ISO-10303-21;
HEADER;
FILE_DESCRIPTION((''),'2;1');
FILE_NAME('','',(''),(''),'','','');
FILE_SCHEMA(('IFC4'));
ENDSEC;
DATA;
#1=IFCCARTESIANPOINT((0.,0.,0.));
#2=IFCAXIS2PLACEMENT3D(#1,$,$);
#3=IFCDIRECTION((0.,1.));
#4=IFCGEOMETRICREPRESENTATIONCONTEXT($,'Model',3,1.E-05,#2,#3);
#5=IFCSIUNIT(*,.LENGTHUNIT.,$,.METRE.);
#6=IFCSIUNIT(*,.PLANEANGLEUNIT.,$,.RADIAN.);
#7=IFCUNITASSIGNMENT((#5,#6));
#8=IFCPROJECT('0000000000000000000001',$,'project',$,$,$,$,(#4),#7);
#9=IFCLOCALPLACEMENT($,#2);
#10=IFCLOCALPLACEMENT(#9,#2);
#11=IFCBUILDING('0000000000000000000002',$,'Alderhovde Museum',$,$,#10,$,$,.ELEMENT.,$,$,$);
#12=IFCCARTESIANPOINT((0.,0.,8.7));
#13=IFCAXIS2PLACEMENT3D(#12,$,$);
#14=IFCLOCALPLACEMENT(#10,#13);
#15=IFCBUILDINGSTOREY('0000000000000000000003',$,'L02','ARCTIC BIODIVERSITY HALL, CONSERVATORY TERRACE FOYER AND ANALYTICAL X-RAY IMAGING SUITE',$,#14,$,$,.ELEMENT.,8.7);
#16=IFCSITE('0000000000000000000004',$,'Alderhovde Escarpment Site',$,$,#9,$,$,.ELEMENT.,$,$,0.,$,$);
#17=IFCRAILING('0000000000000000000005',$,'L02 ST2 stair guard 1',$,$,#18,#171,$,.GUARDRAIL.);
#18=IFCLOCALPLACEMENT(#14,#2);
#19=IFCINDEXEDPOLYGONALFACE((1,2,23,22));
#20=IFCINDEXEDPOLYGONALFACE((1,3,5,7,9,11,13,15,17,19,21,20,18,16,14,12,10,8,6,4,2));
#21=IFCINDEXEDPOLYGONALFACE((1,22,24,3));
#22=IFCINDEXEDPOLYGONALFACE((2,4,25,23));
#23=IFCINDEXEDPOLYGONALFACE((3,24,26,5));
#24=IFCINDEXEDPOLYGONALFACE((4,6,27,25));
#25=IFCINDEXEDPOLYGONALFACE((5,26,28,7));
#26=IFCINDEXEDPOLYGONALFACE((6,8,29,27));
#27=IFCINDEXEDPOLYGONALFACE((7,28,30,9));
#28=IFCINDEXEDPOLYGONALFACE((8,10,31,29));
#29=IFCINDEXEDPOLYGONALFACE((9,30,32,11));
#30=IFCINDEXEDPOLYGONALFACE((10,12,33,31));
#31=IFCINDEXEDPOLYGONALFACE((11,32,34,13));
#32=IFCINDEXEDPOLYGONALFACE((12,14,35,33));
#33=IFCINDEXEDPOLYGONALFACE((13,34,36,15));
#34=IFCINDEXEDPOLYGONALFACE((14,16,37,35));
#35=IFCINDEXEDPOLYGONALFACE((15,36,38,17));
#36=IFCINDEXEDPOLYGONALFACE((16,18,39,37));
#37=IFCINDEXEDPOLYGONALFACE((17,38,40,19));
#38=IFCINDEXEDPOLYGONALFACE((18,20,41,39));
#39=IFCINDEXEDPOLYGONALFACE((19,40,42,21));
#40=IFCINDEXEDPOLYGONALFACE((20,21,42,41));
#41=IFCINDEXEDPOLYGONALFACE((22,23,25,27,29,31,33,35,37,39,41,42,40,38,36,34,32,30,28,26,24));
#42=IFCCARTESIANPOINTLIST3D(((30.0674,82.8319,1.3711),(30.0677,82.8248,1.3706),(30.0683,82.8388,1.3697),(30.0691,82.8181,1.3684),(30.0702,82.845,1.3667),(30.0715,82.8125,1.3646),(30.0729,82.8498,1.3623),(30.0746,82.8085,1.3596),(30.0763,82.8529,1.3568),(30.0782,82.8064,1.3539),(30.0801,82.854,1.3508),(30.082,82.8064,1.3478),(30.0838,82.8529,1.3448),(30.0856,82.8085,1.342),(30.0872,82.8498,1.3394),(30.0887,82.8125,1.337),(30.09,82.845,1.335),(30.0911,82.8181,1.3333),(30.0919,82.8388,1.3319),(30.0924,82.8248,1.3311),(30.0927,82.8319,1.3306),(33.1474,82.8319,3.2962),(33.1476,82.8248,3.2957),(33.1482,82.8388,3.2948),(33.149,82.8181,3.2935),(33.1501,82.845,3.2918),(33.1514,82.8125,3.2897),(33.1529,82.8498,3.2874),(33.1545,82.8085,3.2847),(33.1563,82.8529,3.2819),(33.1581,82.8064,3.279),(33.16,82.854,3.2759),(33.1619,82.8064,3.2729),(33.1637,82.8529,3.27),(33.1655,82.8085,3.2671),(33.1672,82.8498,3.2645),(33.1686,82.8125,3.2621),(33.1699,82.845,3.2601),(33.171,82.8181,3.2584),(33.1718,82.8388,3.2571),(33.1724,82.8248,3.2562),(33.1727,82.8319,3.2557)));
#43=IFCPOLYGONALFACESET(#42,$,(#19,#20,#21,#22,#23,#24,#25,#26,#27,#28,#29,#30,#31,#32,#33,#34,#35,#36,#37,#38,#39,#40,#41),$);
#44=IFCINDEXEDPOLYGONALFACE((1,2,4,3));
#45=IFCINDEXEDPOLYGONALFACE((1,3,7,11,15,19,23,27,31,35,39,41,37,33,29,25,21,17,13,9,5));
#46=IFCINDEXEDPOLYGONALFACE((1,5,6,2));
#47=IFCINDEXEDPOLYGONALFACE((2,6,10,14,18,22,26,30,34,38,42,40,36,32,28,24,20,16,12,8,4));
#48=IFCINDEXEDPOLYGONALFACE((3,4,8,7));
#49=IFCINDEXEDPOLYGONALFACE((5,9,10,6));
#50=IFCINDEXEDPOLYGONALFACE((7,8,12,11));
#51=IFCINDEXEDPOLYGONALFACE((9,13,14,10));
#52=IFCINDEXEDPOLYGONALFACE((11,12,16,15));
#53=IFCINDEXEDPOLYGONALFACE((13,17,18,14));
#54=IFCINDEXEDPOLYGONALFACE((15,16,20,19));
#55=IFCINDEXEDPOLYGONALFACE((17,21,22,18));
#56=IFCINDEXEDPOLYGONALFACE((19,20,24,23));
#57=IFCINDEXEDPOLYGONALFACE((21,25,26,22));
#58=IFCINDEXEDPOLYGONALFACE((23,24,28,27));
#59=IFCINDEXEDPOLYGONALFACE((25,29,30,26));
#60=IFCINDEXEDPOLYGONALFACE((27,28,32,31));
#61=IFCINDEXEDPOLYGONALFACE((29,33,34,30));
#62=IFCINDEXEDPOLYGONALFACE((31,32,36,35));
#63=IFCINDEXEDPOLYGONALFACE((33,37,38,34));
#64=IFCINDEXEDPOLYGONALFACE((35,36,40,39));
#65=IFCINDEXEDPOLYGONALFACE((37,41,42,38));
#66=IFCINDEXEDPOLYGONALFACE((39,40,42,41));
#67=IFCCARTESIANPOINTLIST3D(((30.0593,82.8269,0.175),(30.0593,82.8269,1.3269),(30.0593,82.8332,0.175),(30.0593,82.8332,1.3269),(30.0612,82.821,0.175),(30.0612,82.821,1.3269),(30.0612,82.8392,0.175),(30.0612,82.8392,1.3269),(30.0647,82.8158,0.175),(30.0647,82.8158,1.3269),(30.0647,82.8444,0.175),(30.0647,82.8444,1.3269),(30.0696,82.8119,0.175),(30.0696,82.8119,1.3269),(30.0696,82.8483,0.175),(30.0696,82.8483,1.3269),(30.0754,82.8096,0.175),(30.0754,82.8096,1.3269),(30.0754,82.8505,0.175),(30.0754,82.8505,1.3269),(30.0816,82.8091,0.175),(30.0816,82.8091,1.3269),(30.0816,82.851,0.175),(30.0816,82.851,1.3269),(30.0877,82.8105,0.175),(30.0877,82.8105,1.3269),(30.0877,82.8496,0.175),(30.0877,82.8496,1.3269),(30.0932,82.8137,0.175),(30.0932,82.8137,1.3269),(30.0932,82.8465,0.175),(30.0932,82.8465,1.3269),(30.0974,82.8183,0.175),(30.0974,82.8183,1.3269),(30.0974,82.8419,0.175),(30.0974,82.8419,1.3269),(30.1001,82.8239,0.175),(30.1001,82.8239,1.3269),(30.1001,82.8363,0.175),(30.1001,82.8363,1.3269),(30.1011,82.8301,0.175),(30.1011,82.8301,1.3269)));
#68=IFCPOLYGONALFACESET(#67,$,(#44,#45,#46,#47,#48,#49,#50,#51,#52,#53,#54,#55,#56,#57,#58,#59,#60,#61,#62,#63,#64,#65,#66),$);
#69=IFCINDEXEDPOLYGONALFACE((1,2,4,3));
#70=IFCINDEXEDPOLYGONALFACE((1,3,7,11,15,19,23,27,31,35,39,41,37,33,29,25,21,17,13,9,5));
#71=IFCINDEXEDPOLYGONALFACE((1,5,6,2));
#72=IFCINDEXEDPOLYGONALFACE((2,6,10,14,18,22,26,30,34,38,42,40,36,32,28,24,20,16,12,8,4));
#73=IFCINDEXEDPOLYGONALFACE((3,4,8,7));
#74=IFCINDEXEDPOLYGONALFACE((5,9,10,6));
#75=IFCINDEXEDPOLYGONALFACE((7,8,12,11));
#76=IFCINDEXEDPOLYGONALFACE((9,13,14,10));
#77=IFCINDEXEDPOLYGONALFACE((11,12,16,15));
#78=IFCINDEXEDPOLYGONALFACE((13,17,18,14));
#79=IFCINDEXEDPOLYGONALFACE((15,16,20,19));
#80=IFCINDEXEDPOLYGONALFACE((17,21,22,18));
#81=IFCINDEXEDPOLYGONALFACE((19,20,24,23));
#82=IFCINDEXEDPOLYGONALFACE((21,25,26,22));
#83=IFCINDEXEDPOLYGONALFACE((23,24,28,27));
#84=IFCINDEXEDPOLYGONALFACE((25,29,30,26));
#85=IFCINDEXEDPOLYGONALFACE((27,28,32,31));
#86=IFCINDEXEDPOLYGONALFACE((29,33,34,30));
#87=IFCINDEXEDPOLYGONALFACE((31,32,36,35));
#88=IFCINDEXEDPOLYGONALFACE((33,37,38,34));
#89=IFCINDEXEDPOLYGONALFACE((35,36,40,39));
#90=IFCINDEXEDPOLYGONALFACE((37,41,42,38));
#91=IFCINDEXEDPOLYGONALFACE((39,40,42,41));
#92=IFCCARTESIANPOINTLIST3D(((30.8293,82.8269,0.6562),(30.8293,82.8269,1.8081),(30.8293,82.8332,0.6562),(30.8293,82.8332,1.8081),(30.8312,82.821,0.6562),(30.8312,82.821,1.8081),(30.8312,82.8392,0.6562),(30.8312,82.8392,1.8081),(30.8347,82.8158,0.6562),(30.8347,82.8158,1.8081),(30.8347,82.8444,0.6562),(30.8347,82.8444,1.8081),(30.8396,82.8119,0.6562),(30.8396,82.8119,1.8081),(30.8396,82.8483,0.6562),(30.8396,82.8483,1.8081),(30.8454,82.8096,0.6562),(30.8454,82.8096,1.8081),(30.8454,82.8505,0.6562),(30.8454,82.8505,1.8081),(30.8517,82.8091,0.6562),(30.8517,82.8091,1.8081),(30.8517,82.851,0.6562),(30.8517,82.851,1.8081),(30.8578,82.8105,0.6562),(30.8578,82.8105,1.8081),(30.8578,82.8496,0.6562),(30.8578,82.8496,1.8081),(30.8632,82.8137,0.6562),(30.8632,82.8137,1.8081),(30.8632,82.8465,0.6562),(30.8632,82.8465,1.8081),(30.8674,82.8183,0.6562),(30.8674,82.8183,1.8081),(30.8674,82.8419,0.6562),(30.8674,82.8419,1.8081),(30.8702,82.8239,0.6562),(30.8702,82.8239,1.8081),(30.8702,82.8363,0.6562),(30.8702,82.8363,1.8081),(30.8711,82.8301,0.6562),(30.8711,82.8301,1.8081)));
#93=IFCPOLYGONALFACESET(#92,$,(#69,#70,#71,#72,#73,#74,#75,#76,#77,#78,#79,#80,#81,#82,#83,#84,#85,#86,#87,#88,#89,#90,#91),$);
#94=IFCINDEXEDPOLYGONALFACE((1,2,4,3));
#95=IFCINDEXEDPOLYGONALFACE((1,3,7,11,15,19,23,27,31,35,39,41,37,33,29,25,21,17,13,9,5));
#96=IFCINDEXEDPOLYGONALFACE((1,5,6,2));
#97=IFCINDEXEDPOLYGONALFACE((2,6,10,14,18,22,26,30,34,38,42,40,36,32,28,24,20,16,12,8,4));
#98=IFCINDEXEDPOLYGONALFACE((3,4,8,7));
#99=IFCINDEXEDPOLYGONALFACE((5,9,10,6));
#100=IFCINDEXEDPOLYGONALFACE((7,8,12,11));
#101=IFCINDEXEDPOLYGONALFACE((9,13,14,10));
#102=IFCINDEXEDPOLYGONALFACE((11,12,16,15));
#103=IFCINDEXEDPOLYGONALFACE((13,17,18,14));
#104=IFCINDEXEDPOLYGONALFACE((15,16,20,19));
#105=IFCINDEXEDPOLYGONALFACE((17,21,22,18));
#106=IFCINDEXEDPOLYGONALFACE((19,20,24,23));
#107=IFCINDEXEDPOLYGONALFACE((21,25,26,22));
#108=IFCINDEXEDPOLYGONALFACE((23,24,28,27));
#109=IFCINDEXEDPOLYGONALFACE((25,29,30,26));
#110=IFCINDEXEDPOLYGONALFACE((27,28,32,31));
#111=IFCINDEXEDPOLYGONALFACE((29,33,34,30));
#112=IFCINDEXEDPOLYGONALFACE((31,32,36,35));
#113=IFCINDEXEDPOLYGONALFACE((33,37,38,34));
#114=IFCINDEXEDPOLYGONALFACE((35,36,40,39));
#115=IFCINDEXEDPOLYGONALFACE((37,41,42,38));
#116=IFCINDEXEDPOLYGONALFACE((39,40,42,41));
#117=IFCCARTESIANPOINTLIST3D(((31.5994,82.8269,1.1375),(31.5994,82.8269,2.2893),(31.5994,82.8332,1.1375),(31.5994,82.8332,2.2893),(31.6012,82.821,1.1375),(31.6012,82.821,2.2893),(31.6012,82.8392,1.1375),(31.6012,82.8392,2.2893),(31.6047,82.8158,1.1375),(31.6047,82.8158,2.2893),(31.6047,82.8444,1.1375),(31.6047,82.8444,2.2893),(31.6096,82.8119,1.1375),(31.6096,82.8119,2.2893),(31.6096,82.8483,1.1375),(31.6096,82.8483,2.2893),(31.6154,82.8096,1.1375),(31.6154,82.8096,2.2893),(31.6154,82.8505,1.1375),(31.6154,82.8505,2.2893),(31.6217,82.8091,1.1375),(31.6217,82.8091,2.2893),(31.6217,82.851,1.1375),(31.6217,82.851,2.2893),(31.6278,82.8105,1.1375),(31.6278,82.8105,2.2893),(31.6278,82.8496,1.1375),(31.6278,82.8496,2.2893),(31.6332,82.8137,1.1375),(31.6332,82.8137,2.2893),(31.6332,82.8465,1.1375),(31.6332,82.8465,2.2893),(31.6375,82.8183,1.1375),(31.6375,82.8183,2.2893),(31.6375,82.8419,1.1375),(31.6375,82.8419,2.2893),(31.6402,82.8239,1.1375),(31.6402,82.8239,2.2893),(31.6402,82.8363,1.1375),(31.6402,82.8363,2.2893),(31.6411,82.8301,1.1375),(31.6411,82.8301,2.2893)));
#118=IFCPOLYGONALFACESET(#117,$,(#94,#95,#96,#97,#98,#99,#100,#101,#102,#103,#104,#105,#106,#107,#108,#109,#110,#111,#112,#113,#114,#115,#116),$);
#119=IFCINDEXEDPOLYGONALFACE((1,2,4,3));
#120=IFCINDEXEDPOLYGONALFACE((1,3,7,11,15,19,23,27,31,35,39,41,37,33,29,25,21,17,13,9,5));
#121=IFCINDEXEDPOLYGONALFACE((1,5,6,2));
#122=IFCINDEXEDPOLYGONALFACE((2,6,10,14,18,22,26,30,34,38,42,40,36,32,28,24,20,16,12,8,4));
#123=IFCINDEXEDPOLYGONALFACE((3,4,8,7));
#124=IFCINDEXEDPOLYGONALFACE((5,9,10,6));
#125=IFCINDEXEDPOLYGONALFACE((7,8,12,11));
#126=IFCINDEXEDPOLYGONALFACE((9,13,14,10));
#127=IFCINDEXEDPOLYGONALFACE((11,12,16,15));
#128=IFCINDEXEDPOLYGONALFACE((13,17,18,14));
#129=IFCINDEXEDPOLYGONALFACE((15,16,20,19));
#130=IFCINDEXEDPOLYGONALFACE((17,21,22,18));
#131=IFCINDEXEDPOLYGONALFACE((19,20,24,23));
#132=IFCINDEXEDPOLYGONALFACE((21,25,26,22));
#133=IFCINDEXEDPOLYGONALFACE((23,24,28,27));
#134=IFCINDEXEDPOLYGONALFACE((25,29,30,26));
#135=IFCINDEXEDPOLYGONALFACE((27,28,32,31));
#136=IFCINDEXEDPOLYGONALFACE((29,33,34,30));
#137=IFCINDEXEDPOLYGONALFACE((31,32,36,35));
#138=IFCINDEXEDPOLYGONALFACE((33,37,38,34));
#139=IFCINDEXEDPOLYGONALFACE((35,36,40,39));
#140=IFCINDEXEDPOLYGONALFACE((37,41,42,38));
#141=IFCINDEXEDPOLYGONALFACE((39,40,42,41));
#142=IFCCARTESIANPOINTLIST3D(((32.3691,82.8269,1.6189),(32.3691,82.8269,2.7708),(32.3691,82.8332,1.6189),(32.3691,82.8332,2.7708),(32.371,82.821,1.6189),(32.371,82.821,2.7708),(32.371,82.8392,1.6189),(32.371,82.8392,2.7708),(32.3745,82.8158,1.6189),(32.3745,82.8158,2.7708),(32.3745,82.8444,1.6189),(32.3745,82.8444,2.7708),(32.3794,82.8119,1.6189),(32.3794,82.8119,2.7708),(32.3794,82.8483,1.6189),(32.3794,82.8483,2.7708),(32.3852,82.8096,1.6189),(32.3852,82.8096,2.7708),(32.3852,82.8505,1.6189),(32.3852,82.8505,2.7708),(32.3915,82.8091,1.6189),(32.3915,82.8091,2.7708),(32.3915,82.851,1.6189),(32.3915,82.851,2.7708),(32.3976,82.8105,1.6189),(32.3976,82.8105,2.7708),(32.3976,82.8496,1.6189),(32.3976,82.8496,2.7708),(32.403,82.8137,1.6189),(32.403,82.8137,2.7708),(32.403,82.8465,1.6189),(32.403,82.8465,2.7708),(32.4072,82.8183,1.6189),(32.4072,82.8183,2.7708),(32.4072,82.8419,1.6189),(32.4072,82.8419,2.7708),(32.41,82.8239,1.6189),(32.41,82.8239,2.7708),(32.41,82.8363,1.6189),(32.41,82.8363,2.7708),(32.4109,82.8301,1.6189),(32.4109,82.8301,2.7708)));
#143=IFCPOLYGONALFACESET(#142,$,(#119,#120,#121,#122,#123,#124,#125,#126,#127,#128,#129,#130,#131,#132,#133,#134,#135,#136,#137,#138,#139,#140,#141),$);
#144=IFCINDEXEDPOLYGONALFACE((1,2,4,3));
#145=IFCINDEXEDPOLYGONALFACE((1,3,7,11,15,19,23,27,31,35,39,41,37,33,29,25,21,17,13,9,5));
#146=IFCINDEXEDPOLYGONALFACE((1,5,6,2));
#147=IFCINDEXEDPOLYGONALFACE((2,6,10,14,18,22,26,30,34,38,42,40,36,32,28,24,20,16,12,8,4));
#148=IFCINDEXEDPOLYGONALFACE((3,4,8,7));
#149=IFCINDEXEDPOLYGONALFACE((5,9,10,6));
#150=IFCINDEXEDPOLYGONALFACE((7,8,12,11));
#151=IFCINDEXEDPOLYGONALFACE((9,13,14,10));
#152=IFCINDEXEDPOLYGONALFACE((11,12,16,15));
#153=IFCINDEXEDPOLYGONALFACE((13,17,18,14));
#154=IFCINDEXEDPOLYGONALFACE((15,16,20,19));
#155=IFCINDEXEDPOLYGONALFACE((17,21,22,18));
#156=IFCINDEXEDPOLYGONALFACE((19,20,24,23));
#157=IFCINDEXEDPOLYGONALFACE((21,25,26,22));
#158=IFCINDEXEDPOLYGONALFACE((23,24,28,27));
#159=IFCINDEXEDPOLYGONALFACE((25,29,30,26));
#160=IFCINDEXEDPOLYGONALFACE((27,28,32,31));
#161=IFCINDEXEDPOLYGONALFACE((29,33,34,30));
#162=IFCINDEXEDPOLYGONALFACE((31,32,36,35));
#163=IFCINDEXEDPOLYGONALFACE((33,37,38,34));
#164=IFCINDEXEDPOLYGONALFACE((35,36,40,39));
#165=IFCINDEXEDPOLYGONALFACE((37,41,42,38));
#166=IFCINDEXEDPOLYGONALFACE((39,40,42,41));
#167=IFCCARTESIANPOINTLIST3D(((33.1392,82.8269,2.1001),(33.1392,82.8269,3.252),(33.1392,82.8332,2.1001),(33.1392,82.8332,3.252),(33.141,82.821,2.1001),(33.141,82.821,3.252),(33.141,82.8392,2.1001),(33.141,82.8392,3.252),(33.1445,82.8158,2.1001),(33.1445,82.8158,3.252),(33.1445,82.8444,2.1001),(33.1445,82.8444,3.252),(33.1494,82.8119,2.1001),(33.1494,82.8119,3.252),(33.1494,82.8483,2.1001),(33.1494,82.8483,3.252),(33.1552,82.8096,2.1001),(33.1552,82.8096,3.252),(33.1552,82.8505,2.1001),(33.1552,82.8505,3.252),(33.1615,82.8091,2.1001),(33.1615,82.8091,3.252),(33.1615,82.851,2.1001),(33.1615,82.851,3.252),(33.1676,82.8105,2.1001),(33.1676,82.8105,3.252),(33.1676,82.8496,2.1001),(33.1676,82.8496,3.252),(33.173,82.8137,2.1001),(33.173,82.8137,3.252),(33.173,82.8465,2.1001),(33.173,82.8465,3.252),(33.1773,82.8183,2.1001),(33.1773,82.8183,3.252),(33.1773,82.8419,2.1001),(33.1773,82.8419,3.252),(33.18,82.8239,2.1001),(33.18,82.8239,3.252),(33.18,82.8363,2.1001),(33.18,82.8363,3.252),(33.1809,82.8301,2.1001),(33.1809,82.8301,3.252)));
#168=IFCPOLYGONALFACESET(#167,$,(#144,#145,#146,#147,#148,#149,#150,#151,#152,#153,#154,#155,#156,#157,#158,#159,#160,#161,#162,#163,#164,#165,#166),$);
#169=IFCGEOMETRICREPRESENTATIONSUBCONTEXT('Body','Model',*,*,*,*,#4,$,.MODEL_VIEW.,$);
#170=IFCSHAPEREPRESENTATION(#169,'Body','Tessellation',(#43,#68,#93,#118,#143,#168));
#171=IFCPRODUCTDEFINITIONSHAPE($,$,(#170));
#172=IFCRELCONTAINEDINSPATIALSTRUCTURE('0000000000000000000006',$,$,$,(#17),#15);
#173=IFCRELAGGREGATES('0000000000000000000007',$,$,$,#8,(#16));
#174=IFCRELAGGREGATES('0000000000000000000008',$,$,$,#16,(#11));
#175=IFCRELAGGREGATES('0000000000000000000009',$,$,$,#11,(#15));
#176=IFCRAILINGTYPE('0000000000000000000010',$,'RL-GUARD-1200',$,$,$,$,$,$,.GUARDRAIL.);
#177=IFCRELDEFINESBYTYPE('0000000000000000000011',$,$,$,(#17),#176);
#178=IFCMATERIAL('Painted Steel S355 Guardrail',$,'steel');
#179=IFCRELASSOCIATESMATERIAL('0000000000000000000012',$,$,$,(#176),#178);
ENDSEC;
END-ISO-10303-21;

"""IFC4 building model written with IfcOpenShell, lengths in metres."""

from ifc_helpers import new_model, si_unit, direction, frame, origin, origin_2d, place, context, subcontext, project, spatial, circle, extrude, material, type_object, element, save


model = new_model("IFC4")

# Units and contexts
model_context = context("Model", 3, precision=1e-05, world=origin(), true_north=direction((0.0, 1.0)))
body_context = subcontext(model_context, "Body", "Model", "MODEL_VIEW")
ifc_project = project(units=[si_unit("LENGTHUNIT", "METRE"), si_unit("PLANEANGLEUNIT", "RADIAN")], contexts=[model_context])

# Site, building, storey
site_placement = place(None, origin())
site = spatial("IfcSite", under=ifc_project, at=site_placement, Name="Alderhovde Escarpment Site", CompositionType="ELEMENT", RefElevation=0.0)
building_placement = place(site_placement, origin())
building = spatial("IfcBuilding", under=site, at=building_placement, Name="Alderhovde Museum", CompositionType="ELEMENT")
storey_placement = place(building_placement, frame((0.0, 0.0, 8.7)))
storey = spatial("IfcBuildingStorey", under=building, at=storey_placement, Name="L02", Description="ARCTIC BIODIVERSITY HALL, CONSERVATORY TERRACE FOYER AND ANALYTICAL X-RAY IMAGING SUITE", CompositionType="ELEMENT", Elevation=8.7)

# Railing
ifc_material_1 = material(Name="Painted Steel S355 Guardrail", Category="steel")
railing_type_1 = type_object("IfcRailingType", Name="RL-GUARD-1200", PredefinedType="GUARDRAIL", material=ifc_material_1)
railing_1_placement = place(storey_placement, frame((30.0801, 82.8301, 0.175)))
element("IfcRailing", 1, at=railing_1_placement, inside=storey, type_object=railing_type_1, Name="L02 ST2 stair guard 1", PredefinedType="GUARDRAIL", context=body_context, shape_type="SweptSolid", body=[
    extrude(circle(Radius=0.0239, at=origin_2d()), frame((0.0, 0.0, 1.1758), z_axis=(0.847979, 0.0, 0.530029), x_axis=(0.0, 1.0, 0.0)), (0.0, 0.0, 1.0), 3.6321),
    extrude(circle(Radius=0.021, at=origin_2d()), origin(), (0.0, 0.0, 1.0), 1.1519),
    extrude(circle(Radius=0.021, at=origin_2d()), frame((0.77, 0.0, 0.4812)), (0.0, 0.0, 1.0), 1.1519),
    extrude(circle(Radius=0.021, at=origin_2d()), frame((1.54, 0.0, 0.9624)), (0.0, 0.0, 1.0), 1.1519),
    extrude(circle(Radius=0.021, at=origin_2d()), frame((2.3098, 0.0, 1.4438)), (0.0, 0.0, 1.0), 1.1519),
    extrude(circle(Radius=0.021, at=origin_2d()), frame((3.0798, 0.0, 1.925)), (0.0, 0.0, 1.0), 1.1519),
])

save(model, "model.ifc")
